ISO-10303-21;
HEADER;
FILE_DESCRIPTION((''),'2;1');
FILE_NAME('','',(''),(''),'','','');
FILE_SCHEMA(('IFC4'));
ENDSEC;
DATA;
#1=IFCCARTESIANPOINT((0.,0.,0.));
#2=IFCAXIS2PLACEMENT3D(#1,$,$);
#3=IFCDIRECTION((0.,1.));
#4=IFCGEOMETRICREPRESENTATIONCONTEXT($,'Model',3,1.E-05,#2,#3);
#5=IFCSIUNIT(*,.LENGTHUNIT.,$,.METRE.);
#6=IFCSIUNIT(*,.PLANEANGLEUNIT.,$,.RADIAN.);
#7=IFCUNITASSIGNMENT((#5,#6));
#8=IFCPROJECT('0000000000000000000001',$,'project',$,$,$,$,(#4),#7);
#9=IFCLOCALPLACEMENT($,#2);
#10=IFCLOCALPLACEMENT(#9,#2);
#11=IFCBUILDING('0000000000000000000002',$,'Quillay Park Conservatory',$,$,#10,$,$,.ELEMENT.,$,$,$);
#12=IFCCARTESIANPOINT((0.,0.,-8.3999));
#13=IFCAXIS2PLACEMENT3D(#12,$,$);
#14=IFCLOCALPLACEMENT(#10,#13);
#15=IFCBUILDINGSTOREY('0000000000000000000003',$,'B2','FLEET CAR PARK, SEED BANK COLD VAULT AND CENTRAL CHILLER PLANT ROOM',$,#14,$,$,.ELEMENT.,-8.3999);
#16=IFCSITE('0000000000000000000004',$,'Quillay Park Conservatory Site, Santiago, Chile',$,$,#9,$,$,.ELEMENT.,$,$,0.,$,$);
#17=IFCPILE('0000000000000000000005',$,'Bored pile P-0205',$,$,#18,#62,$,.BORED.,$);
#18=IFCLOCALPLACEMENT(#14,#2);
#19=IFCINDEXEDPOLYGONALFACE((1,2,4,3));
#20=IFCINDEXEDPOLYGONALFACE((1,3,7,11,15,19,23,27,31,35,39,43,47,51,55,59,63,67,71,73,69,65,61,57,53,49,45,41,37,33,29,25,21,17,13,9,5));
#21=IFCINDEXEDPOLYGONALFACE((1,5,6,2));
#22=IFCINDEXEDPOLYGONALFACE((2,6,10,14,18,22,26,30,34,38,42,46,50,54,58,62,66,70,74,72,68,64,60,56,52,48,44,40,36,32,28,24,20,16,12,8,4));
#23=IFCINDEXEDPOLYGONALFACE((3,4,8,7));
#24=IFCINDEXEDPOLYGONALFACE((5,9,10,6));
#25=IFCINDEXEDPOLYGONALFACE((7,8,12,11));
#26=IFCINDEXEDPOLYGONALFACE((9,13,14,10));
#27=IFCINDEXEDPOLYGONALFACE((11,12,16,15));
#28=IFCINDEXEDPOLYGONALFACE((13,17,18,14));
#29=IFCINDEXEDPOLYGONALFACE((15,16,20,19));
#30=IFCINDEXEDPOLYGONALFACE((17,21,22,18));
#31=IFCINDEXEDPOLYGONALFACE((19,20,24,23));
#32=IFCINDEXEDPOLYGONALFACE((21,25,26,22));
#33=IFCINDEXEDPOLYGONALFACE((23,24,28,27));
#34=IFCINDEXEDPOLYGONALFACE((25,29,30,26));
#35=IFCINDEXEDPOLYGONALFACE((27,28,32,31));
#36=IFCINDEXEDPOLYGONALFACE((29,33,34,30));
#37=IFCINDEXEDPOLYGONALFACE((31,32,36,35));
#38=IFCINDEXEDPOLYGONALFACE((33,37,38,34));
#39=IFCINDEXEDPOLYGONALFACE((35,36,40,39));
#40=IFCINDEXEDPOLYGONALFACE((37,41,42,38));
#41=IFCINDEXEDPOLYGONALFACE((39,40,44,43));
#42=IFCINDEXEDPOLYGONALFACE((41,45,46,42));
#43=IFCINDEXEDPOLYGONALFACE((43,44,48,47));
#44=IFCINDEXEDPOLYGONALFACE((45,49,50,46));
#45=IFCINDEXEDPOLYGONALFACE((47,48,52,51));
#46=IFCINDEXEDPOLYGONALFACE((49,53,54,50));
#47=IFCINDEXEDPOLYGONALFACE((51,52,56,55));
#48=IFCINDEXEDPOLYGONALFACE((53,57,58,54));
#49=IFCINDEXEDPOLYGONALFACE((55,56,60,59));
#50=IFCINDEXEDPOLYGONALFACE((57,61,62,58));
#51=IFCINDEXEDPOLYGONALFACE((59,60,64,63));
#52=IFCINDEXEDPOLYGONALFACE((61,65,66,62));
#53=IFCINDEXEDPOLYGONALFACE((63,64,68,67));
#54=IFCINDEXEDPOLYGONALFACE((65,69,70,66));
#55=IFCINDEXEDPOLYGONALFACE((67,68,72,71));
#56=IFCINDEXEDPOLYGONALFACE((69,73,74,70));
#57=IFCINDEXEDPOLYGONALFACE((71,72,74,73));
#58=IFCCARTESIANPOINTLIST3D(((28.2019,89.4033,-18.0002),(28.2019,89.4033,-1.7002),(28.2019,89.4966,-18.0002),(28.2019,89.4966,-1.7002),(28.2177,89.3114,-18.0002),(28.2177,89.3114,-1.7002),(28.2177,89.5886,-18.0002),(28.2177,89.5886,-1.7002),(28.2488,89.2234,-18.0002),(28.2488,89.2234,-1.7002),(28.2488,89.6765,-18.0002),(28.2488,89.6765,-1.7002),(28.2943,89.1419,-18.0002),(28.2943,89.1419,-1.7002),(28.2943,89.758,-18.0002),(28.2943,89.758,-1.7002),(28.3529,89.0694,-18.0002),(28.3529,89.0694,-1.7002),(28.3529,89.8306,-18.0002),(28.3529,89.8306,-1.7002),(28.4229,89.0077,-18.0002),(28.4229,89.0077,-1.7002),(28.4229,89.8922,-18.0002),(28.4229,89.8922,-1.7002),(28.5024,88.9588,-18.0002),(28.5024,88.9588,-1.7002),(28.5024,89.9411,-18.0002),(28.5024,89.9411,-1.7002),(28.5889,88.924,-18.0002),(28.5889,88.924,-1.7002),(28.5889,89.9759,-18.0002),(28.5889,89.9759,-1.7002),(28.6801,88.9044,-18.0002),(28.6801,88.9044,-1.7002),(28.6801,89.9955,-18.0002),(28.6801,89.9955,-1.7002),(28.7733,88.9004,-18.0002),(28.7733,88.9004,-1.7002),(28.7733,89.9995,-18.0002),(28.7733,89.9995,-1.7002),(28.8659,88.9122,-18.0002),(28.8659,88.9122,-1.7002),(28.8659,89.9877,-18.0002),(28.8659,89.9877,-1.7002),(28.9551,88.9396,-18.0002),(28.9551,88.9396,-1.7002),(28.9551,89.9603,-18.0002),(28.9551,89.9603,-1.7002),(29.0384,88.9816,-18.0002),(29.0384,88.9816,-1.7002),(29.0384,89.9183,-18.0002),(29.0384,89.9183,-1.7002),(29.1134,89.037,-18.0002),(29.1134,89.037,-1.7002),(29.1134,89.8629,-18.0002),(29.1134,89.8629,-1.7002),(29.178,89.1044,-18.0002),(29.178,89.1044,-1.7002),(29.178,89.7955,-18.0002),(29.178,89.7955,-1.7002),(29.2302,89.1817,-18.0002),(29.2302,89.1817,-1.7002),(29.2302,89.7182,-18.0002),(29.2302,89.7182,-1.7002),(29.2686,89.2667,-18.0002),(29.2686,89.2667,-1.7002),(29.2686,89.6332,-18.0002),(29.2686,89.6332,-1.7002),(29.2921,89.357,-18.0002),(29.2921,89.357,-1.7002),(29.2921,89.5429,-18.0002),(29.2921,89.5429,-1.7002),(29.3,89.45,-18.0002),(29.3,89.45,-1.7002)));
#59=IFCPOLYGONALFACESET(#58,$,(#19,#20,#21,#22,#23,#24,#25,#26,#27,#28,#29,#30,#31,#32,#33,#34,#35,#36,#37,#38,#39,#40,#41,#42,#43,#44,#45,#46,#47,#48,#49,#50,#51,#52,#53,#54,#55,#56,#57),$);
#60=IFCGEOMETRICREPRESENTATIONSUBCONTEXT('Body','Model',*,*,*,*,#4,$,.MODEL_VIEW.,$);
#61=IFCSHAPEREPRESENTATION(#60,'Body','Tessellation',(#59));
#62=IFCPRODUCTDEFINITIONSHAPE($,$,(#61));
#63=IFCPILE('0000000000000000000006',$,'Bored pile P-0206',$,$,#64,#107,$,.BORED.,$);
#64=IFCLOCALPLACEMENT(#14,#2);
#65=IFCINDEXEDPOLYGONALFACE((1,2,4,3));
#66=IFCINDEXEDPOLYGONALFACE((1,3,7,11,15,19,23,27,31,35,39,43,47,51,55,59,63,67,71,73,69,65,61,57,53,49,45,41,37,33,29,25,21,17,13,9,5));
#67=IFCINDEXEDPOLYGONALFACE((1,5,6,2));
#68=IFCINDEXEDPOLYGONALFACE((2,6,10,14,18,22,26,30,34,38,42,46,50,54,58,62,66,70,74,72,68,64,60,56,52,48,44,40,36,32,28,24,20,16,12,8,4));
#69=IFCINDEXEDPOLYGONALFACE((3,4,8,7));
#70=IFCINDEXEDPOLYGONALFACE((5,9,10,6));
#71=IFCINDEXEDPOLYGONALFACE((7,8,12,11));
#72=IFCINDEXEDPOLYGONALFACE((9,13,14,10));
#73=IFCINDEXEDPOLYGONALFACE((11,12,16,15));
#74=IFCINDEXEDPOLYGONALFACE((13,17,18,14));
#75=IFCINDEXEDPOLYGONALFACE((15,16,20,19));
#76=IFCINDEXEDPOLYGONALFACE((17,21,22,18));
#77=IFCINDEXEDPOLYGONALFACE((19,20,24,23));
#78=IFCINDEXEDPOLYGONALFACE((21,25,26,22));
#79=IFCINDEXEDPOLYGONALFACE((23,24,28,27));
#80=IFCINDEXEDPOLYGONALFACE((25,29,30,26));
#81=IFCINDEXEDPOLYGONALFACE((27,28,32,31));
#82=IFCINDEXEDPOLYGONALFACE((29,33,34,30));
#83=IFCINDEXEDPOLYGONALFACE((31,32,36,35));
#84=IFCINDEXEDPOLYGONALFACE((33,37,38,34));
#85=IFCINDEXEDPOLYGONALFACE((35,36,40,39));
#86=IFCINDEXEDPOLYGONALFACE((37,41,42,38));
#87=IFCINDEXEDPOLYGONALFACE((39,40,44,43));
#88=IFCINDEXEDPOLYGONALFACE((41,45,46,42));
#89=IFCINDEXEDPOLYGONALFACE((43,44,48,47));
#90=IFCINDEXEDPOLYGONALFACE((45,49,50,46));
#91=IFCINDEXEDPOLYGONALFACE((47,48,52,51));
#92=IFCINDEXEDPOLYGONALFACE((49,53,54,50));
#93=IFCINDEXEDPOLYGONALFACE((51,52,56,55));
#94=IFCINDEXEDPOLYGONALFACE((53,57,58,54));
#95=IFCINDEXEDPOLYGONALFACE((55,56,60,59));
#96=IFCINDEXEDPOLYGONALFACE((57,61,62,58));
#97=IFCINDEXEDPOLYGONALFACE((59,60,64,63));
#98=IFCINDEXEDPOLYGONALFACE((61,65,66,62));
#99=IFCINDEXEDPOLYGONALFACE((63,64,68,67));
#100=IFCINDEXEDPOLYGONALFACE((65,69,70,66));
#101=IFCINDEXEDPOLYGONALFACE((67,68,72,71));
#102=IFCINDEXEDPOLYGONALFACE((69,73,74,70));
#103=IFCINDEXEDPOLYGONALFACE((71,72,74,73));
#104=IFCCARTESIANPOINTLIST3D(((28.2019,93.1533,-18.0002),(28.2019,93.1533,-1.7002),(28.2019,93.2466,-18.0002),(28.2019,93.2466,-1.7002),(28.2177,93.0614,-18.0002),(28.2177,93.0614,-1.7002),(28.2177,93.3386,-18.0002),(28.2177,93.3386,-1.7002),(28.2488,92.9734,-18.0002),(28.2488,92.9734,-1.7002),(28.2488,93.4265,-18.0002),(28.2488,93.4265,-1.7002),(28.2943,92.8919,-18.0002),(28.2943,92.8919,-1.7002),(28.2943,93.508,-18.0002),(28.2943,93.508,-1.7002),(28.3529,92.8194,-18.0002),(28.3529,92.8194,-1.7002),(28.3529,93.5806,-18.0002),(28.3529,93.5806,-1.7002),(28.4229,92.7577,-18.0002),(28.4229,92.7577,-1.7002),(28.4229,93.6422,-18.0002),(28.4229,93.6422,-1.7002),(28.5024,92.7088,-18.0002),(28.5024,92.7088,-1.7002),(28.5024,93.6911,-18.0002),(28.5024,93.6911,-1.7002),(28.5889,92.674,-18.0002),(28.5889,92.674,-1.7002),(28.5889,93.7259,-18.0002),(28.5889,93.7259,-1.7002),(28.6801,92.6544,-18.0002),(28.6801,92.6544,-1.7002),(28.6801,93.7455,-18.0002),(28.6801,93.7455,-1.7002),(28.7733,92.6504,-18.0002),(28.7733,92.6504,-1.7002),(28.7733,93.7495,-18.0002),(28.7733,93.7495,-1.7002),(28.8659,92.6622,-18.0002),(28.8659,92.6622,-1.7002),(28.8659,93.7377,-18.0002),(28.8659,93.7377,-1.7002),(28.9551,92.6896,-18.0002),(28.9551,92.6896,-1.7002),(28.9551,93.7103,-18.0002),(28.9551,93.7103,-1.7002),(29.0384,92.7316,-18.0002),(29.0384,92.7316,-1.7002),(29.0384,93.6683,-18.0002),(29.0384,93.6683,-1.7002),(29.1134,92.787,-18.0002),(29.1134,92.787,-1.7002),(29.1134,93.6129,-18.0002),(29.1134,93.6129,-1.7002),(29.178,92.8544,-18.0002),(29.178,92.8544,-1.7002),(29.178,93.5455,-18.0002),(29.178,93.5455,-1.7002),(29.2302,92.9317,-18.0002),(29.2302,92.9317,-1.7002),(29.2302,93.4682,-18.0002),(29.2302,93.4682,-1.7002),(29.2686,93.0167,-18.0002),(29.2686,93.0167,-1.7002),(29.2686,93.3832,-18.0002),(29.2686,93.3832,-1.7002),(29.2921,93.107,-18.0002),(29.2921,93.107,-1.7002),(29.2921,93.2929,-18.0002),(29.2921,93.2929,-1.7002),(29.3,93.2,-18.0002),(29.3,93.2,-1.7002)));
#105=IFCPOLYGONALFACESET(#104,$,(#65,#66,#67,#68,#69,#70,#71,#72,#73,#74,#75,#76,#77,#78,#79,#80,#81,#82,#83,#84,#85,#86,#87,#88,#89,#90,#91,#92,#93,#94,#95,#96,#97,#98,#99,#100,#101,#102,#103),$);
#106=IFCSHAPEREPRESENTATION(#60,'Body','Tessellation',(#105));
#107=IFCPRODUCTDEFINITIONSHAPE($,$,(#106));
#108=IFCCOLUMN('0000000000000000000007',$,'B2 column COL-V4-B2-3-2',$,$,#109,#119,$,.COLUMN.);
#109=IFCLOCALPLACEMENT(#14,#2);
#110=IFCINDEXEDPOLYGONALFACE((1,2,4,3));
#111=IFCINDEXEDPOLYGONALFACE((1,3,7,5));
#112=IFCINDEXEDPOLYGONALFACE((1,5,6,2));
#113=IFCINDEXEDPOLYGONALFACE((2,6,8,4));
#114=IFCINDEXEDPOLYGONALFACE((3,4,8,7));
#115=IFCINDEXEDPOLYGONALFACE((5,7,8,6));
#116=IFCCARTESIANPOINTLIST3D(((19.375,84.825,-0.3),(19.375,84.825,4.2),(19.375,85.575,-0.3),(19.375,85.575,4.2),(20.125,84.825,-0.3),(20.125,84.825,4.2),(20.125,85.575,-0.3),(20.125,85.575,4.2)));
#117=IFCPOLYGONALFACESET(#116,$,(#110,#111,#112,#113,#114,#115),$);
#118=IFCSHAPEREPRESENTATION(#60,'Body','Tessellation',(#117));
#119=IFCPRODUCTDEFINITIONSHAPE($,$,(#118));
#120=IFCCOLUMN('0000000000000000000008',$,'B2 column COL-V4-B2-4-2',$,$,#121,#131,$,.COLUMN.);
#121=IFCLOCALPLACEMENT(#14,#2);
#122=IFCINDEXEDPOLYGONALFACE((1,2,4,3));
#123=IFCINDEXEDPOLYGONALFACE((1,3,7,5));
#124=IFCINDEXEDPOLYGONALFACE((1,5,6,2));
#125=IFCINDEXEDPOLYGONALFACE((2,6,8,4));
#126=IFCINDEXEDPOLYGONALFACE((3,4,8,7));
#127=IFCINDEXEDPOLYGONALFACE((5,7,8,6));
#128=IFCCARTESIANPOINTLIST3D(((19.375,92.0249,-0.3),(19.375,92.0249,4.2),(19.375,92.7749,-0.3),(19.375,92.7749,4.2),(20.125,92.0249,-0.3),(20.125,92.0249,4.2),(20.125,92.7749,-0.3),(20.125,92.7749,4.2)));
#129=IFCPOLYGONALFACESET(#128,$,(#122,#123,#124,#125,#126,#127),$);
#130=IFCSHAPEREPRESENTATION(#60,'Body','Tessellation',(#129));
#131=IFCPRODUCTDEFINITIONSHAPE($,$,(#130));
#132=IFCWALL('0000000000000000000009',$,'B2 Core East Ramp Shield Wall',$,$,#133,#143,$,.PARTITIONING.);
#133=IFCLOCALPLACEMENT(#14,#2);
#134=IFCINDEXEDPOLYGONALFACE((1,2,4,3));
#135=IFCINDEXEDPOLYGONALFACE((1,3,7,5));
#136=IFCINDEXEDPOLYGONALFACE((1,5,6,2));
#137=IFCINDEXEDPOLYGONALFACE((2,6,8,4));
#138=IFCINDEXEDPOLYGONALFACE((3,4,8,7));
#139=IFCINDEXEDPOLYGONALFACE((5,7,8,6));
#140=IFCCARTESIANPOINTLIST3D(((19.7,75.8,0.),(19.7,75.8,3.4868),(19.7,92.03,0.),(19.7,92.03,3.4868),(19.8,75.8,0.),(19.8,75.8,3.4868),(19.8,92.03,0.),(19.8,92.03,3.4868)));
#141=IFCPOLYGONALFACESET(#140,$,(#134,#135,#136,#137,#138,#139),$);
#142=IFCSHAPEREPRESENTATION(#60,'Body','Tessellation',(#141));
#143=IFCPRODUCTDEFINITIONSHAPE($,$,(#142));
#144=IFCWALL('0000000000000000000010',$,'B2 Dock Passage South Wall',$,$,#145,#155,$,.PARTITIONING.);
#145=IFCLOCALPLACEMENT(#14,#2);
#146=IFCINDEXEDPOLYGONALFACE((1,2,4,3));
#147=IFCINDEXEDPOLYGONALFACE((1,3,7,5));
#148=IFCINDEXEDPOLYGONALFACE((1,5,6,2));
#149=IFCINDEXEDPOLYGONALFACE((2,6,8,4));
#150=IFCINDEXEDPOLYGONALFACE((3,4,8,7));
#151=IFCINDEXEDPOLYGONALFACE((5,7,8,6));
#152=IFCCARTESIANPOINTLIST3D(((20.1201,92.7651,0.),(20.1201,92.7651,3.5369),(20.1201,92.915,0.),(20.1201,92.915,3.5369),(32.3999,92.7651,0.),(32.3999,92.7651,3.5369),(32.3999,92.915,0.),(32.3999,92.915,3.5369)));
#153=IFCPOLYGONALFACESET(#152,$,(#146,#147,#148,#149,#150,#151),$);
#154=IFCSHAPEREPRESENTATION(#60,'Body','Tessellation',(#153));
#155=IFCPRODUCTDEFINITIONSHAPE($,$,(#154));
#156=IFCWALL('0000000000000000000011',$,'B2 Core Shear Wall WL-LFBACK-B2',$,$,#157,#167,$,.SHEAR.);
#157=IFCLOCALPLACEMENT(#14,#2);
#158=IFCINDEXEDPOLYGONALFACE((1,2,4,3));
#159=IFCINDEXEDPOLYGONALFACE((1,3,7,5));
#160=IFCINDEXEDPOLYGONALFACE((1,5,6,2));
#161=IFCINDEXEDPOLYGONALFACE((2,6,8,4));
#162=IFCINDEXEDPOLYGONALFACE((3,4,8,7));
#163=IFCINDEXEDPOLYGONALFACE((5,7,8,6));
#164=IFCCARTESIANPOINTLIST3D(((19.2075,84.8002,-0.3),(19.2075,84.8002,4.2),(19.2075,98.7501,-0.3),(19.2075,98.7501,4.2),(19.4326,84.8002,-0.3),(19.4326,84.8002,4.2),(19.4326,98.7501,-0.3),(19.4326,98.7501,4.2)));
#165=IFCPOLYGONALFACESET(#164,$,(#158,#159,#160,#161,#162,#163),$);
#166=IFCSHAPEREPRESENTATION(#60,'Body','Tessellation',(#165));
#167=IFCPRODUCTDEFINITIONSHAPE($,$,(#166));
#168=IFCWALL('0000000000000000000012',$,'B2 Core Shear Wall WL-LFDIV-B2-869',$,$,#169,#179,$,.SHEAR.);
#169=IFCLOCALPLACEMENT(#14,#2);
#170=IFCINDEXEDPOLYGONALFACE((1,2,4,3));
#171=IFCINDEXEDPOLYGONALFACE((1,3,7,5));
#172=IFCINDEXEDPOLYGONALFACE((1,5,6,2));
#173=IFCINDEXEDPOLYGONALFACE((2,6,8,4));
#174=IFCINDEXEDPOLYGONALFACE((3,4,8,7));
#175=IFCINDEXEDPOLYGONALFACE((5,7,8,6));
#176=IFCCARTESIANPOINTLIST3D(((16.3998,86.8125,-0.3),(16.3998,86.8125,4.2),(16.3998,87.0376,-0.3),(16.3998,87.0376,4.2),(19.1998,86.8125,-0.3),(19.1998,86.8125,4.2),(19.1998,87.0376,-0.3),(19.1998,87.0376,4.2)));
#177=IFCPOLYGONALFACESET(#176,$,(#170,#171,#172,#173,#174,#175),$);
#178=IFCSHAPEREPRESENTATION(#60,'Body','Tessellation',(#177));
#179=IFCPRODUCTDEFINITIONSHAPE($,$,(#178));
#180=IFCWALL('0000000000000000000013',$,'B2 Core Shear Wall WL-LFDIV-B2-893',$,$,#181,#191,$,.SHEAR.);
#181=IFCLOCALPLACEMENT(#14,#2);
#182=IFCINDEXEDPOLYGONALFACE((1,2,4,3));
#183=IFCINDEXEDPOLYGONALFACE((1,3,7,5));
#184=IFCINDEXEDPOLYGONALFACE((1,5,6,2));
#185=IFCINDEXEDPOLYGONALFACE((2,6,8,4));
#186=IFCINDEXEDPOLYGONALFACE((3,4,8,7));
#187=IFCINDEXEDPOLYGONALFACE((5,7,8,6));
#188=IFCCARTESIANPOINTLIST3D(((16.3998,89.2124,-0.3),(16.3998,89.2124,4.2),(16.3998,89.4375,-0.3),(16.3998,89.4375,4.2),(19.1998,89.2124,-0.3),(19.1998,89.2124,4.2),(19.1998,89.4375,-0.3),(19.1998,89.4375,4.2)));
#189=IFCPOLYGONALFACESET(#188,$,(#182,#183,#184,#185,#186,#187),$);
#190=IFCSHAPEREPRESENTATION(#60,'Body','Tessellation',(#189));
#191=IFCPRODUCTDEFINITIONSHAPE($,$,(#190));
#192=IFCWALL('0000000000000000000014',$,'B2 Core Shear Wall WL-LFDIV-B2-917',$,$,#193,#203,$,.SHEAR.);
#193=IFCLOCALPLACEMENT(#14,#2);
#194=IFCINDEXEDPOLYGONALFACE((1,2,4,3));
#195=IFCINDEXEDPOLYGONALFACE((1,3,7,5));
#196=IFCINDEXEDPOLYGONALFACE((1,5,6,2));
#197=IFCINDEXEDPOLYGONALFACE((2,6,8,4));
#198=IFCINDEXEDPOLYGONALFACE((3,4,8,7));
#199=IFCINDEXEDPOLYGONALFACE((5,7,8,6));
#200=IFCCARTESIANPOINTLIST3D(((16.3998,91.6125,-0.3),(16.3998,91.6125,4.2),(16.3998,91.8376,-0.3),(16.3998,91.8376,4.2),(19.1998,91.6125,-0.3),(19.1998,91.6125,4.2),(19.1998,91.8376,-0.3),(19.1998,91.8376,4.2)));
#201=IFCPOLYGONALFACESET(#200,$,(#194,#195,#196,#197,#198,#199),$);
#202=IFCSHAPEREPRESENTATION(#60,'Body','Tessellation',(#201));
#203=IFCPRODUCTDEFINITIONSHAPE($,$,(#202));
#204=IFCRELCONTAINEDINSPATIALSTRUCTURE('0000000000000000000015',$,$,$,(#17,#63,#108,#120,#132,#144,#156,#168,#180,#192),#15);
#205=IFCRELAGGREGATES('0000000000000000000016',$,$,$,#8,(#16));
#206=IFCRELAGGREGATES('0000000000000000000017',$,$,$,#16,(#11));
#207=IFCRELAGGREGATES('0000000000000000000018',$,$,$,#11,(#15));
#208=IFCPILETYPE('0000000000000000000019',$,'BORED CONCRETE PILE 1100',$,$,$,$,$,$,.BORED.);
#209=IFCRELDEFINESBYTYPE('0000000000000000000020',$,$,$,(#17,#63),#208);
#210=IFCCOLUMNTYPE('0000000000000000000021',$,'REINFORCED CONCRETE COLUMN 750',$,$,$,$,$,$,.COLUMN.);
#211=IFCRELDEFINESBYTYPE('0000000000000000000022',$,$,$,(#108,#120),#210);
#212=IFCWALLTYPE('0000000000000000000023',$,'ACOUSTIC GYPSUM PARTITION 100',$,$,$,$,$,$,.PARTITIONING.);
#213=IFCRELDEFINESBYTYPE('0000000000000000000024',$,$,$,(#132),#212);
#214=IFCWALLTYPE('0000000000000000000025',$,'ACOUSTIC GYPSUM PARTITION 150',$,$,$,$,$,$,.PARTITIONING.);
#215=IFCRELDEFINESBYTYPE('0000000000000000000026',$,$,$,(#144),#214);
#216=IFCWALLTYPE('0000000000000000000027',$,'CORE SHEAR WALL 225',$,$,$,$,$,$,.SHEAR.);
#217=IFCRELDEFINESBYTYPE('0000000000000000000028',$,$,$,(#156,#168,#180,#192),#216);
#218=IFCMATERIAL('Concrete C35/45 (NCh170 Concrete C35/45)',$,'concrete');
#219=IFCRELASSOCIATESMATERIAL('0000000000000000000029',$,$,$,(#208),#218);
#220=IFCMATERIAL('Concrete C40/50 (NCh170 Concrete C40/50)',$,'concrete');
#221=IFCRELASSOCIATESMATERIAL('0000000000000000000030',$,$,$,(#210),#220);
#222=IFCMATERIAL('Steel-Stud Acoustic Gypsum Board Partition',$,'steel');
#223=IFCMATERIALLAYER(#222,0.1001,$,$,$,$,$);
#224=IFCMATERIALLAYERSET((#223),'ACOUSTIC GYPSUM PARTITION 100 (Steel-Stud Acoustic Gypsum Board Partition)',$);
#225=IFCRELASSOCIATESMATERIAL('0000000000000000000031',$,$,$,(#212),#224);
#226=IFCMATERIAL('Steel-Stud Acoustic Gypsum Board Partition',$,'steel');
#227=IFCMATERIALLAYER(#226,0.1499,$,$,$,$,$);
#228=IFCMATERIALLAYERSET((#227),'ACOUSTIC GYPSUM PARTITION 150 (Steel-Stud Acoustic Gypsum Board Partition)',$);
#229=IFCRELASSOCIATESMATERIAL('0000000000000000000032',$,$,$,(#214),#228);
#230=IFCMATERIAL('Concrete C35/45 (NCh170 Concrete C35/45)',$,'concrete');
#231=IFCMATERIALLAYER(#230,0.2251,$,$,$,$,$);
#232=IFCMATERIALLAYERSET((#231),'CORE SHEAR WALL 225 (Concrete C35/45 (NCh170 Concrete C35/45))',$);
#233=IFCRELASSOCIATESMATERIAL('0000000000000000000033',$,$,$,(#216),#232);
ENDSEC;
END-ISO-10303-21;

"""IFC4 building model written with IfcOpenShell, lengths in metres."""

from ifc_helpers import new_model, si_unit, direction, frame, frame_2d, origin, origin_2d, place, context, subcontext, project, spatial, rectangle, circle, extrude, material, layer, layer_set, material_profile, profile_set, type_object, element, save


model = new_model("IFC4")

# Units and contexts
model_context = context("Model", 3, precision=1e-05, world=origin(), true_north=direction((0.0, 1.0)))
body_context = subcontext(model_context, "Body", "Model", "MODEL_VIEW")
ifc_project = project(units=[si_unit("LENGTHUNIT", "METRE"), si_unit("PLANEANGLEUNIT", "RADIAN")], contexts=[model_context])

# Site, building, storey
site_placement = place(None, origin())
site = spatial("IfcSite", under=ifc_project, at=site_placement, Name="Quillay Park Conservatory Site, Santiago, Chile", CompositionType="ELEMENT", RefElevation=0.0)
building_placement = place(site_placement, origin())
building = spatial("IfcBuilding", under=site, at=building_placement, Name="Quillay Park Conservatory", CompositionType="ELEMENT")
storey_placement = place(building_placement, frame((0.0, 0.0, -8.3999)))
storey = spatial("IfcBuildingStorey", under=building, at=storey_placement, Name="B2", Description="FLEET CAR PARK, SEED BANK COLD VAULT AND CENTRAL CHILLER PLANT ROOM", CompositionType="ELEMENT", Elevation=-8.3999)

# Piles
ifc_material_1 = material(Name="Concrete C35/45 (NCh170 Concrete C35/45)", Category="concrete")
ifc_material_profile_1 = material_profile(ifc_material_1, circle(Radius=0.55, at=origin_2d()), Name="PILE1100")
ifc_profile_set_1 = profile_set([ifc_material_profile_1], Name="Concrete C35/45 (NCh170 Concrete C35/45)")
pile_type = type_object("IfcPileType", Name="BORED CONCRETE PILE 1100", PredefinedType="BORED", material=ifc_profile_set_1)
for number, where, z_axis, x_axis, name in (
    (1, (28.75, 89.45, -1.7002), (0.0, 0.0, -1.0), (1.0, 0.0, 0.0), "Bored pile P-0205"),
    (2, (28.75, 93.2, -1.7002), (0.0, 0.0, -1.0), (1.0, 0.0, 0.0), "Bored pile P-0206"),
):
    element("IfcPile", number, at=place(storey_placement, frame(where, z_axis=z_axis, x_axis=x_axis)), inside=storey, type_object=pile_type, Name=name, PredefinedType="BORED", context=body_context, shape_type="SweptSolid", body=[
        extrude(circle(Radius=0.55, at=origin_2d()), origin(), (0.0, 0.0, 1.0), 16.3),
    ])

# Columns
ifc_material_2 = material(Name="Concrete C40/50 (NCh170 Concrete C40/50)", Category="concrete")
ifc_material_profile_2 = material_profile(ifc_material_2, rectangle(XDim=0.75, YDim=0.75, at=origin_2d()), Name="RC750x750")
ifc_profile_set_2 = profile_set([ifc_material_profile_2], Name="Concrete C40/50 (NCh170 Concrete C40/50)")
column_type = type_object("IfcColumnType", Name="REINFORCED CONCRETE COLUMN 750", PredefinedType="COLUMN", material=ifc_profile_set_2)
for number, where, z_axis, x_axis, name in (
    (3, (19.75, 85.2, -0.3), (0.0, 0.0, 1.0), (1.0, 0.0, 0.0), "B2 column COL-V4-B2-3-2"),
    (4, (19.75, 92.3999, -0.3), (0.0, 0.0, 1.0), (1.0, 0.0, 0.0), "B2 column COL-V4-B2-4-2"),
):
    element("IfcColumn", number, at=place(storey_placement, frame(where, z_axis=z_axis, x_axis=x_axis)), inside=storey, type_object=column_type, Name=name, PredefinedType="COLUMN", context=body_context, shape_type="SweptSolid", body=[
        extrude(rectangle(XDim=0.75, YDim=0.75, at=origin_2d()), origin(), (0.0, 0.0, 1.0), 4.5),
    ])

# Walls
ifc_material_3 = material(Name="Steel-Stud Acoustic Gypsum Board Partition", Category="steel")
ifc_layer_1 = layer(ifc_material_3, 0.1001)
ifc_layer_set_1 = layer_set([ifc_layer_1], Name="ACOUSTIC GYPSUM PARTITION 100 (Steel-Stud Acoustic Gypsum Board Partition)")
wall_type_1 = type_object("IfcWallType", Name="ACOUSTIC GYPSUM PARTITION 100", PredefinedType="PARTITIONING", material=ifc_layer_set_1)
wall_1_placement = place(storey_placement, frame((19.75, 92.03, 0.0), z_axis=(0.0, 0.0, 1.0), x_axis=(0.0, -1.0, 0.0)))
element("IfcWall", 5, at=wall_1_placement, inside=storey, type_object=wall_type_1, Name="B2 Core East Ramp Shield Wall", PredefinedType="PARTITIONING", context=body_context, shape_type="SweptSolid", body=[
    extrude(rectangle(XDim=16.23, YDim=0.1001, at=frame_2d((8.115, 0.0))), origin(), (0.0, 0.0, 1.0), 3.4868),
])
ifc_material_4 = material(Name="Steel-Stud Acoustic Gypsum Board Partition", Category="steel")
ifc_layer_2 = layer(ifc_material_4, 0.1499)
ifc_layer_set_2 = layer_set([ifc_layer_2], Name="ACOUSTIC GYPSUM PARTITION 150 (Steel-Stud Acoustic Gypsum Board Partition)")
wall_type_2 = type_object("IfcWallType", Name="ACOUSTIC GYPSUM PARTITION 150", PredefinedType="PARTITIONING", material=ifc_layer_set_2)
wall_2_placement = place(storey_placement, frame((20.1201, 92.8401, 0.0), z_axis=(0.0, 0.0, 1.0), x_axis=(1.0, 0.0, 0.0)))
element("IfcWall", 6, at=wall_2_placement, inside=storey, type_object=wall_type_2, Name="B2 Dock Passage South Wall", PredefinedType="PARTITIONING", context=body_context, shape_type="SweptSolid", body=[
    extrude(rectangle(XDim=12.2798, YDim=0.1499, at=frame_2d((6.1399, 0.0))), origin(), (0.0, 0.0, 1.0), 3.5369),
])
ifc_material_5 = material(Name="Concrete C35/45 (NCh170 Concrete C35/45)", Category="concrete")
ifc_layer_3 = layer(ifc_material_5, 0.2251)
ifc_layer_set_3 = layer_set([ifc_layer_3], Name="CORE SHEAR WALL 225 (Concrete C35/45 (NCh170 Concrete C35/45))")
wall_type_3 = type_object("IfcWallType", Name="CORE SHEAR WALL 225", PredefinedType="SHEAR", material=ifc_layer_set_3)
wall_3_placement = place(storey_placement, frame((19.3201, 84.8, -0.3), z_axis=(0.0, 0.0, 1.0), x_axis=(0.0, 1.0, 0.0)))
element("IfcWall", 7, at=wall_3_placement, inside=storey, type_object=wall_type_3, Name="B2 Core Shear Wall WL-LFBACK-B2", PredefinedType="SHEAR", context=body_context, shape_type="SweptSolid", body=[
    extrude(rectangle(XDim=13.95, YDim=0.2251, at=frame_2d((6.9751, 0.0))), origin(), (0.0, 0.0, 1.0), 4.5),
])
for number, where, z_axis, x_axis, name in (
    (8, (16.3999, 86.925, -0.3), (0.0, 0.0, 1.0), (1.0, 0.0, 0.0), "B2 Core Shear Wall WL-LFDIV-B2-869"),
    (9, (16.3999, 89.325, -0.3), (0.0, 0.0, 1.0), (1.0, 0.0, 0.0), "B2 Core Shear Wall WL-LFDIV-B2-893"),
    (10, (16.3999, 91.7251, -0.3), (0.0, 0.0, 1.0), (1.0, 0.0, 0.0), "B2 Core Shear Wall WL-LFDIV-B2-917"),
):
    element("IfcWall", number, at=place(storey_placement, frame(where, z_axis=z_axis, x_axis=x_axis)), inside=storey, type_object=wall_type_3, Name=name, PredefinedType="SHEAR", context=body_context, shape_type="SweptSolid", body=[
        extrude(rectangle(XDim=2.8, YDim=0.2251, at=frame_2d((1.3999, 0.0))), origin(), (0.0, 0.0, 1.0), 4.5),
    ])

save(model, "model.ifc")
